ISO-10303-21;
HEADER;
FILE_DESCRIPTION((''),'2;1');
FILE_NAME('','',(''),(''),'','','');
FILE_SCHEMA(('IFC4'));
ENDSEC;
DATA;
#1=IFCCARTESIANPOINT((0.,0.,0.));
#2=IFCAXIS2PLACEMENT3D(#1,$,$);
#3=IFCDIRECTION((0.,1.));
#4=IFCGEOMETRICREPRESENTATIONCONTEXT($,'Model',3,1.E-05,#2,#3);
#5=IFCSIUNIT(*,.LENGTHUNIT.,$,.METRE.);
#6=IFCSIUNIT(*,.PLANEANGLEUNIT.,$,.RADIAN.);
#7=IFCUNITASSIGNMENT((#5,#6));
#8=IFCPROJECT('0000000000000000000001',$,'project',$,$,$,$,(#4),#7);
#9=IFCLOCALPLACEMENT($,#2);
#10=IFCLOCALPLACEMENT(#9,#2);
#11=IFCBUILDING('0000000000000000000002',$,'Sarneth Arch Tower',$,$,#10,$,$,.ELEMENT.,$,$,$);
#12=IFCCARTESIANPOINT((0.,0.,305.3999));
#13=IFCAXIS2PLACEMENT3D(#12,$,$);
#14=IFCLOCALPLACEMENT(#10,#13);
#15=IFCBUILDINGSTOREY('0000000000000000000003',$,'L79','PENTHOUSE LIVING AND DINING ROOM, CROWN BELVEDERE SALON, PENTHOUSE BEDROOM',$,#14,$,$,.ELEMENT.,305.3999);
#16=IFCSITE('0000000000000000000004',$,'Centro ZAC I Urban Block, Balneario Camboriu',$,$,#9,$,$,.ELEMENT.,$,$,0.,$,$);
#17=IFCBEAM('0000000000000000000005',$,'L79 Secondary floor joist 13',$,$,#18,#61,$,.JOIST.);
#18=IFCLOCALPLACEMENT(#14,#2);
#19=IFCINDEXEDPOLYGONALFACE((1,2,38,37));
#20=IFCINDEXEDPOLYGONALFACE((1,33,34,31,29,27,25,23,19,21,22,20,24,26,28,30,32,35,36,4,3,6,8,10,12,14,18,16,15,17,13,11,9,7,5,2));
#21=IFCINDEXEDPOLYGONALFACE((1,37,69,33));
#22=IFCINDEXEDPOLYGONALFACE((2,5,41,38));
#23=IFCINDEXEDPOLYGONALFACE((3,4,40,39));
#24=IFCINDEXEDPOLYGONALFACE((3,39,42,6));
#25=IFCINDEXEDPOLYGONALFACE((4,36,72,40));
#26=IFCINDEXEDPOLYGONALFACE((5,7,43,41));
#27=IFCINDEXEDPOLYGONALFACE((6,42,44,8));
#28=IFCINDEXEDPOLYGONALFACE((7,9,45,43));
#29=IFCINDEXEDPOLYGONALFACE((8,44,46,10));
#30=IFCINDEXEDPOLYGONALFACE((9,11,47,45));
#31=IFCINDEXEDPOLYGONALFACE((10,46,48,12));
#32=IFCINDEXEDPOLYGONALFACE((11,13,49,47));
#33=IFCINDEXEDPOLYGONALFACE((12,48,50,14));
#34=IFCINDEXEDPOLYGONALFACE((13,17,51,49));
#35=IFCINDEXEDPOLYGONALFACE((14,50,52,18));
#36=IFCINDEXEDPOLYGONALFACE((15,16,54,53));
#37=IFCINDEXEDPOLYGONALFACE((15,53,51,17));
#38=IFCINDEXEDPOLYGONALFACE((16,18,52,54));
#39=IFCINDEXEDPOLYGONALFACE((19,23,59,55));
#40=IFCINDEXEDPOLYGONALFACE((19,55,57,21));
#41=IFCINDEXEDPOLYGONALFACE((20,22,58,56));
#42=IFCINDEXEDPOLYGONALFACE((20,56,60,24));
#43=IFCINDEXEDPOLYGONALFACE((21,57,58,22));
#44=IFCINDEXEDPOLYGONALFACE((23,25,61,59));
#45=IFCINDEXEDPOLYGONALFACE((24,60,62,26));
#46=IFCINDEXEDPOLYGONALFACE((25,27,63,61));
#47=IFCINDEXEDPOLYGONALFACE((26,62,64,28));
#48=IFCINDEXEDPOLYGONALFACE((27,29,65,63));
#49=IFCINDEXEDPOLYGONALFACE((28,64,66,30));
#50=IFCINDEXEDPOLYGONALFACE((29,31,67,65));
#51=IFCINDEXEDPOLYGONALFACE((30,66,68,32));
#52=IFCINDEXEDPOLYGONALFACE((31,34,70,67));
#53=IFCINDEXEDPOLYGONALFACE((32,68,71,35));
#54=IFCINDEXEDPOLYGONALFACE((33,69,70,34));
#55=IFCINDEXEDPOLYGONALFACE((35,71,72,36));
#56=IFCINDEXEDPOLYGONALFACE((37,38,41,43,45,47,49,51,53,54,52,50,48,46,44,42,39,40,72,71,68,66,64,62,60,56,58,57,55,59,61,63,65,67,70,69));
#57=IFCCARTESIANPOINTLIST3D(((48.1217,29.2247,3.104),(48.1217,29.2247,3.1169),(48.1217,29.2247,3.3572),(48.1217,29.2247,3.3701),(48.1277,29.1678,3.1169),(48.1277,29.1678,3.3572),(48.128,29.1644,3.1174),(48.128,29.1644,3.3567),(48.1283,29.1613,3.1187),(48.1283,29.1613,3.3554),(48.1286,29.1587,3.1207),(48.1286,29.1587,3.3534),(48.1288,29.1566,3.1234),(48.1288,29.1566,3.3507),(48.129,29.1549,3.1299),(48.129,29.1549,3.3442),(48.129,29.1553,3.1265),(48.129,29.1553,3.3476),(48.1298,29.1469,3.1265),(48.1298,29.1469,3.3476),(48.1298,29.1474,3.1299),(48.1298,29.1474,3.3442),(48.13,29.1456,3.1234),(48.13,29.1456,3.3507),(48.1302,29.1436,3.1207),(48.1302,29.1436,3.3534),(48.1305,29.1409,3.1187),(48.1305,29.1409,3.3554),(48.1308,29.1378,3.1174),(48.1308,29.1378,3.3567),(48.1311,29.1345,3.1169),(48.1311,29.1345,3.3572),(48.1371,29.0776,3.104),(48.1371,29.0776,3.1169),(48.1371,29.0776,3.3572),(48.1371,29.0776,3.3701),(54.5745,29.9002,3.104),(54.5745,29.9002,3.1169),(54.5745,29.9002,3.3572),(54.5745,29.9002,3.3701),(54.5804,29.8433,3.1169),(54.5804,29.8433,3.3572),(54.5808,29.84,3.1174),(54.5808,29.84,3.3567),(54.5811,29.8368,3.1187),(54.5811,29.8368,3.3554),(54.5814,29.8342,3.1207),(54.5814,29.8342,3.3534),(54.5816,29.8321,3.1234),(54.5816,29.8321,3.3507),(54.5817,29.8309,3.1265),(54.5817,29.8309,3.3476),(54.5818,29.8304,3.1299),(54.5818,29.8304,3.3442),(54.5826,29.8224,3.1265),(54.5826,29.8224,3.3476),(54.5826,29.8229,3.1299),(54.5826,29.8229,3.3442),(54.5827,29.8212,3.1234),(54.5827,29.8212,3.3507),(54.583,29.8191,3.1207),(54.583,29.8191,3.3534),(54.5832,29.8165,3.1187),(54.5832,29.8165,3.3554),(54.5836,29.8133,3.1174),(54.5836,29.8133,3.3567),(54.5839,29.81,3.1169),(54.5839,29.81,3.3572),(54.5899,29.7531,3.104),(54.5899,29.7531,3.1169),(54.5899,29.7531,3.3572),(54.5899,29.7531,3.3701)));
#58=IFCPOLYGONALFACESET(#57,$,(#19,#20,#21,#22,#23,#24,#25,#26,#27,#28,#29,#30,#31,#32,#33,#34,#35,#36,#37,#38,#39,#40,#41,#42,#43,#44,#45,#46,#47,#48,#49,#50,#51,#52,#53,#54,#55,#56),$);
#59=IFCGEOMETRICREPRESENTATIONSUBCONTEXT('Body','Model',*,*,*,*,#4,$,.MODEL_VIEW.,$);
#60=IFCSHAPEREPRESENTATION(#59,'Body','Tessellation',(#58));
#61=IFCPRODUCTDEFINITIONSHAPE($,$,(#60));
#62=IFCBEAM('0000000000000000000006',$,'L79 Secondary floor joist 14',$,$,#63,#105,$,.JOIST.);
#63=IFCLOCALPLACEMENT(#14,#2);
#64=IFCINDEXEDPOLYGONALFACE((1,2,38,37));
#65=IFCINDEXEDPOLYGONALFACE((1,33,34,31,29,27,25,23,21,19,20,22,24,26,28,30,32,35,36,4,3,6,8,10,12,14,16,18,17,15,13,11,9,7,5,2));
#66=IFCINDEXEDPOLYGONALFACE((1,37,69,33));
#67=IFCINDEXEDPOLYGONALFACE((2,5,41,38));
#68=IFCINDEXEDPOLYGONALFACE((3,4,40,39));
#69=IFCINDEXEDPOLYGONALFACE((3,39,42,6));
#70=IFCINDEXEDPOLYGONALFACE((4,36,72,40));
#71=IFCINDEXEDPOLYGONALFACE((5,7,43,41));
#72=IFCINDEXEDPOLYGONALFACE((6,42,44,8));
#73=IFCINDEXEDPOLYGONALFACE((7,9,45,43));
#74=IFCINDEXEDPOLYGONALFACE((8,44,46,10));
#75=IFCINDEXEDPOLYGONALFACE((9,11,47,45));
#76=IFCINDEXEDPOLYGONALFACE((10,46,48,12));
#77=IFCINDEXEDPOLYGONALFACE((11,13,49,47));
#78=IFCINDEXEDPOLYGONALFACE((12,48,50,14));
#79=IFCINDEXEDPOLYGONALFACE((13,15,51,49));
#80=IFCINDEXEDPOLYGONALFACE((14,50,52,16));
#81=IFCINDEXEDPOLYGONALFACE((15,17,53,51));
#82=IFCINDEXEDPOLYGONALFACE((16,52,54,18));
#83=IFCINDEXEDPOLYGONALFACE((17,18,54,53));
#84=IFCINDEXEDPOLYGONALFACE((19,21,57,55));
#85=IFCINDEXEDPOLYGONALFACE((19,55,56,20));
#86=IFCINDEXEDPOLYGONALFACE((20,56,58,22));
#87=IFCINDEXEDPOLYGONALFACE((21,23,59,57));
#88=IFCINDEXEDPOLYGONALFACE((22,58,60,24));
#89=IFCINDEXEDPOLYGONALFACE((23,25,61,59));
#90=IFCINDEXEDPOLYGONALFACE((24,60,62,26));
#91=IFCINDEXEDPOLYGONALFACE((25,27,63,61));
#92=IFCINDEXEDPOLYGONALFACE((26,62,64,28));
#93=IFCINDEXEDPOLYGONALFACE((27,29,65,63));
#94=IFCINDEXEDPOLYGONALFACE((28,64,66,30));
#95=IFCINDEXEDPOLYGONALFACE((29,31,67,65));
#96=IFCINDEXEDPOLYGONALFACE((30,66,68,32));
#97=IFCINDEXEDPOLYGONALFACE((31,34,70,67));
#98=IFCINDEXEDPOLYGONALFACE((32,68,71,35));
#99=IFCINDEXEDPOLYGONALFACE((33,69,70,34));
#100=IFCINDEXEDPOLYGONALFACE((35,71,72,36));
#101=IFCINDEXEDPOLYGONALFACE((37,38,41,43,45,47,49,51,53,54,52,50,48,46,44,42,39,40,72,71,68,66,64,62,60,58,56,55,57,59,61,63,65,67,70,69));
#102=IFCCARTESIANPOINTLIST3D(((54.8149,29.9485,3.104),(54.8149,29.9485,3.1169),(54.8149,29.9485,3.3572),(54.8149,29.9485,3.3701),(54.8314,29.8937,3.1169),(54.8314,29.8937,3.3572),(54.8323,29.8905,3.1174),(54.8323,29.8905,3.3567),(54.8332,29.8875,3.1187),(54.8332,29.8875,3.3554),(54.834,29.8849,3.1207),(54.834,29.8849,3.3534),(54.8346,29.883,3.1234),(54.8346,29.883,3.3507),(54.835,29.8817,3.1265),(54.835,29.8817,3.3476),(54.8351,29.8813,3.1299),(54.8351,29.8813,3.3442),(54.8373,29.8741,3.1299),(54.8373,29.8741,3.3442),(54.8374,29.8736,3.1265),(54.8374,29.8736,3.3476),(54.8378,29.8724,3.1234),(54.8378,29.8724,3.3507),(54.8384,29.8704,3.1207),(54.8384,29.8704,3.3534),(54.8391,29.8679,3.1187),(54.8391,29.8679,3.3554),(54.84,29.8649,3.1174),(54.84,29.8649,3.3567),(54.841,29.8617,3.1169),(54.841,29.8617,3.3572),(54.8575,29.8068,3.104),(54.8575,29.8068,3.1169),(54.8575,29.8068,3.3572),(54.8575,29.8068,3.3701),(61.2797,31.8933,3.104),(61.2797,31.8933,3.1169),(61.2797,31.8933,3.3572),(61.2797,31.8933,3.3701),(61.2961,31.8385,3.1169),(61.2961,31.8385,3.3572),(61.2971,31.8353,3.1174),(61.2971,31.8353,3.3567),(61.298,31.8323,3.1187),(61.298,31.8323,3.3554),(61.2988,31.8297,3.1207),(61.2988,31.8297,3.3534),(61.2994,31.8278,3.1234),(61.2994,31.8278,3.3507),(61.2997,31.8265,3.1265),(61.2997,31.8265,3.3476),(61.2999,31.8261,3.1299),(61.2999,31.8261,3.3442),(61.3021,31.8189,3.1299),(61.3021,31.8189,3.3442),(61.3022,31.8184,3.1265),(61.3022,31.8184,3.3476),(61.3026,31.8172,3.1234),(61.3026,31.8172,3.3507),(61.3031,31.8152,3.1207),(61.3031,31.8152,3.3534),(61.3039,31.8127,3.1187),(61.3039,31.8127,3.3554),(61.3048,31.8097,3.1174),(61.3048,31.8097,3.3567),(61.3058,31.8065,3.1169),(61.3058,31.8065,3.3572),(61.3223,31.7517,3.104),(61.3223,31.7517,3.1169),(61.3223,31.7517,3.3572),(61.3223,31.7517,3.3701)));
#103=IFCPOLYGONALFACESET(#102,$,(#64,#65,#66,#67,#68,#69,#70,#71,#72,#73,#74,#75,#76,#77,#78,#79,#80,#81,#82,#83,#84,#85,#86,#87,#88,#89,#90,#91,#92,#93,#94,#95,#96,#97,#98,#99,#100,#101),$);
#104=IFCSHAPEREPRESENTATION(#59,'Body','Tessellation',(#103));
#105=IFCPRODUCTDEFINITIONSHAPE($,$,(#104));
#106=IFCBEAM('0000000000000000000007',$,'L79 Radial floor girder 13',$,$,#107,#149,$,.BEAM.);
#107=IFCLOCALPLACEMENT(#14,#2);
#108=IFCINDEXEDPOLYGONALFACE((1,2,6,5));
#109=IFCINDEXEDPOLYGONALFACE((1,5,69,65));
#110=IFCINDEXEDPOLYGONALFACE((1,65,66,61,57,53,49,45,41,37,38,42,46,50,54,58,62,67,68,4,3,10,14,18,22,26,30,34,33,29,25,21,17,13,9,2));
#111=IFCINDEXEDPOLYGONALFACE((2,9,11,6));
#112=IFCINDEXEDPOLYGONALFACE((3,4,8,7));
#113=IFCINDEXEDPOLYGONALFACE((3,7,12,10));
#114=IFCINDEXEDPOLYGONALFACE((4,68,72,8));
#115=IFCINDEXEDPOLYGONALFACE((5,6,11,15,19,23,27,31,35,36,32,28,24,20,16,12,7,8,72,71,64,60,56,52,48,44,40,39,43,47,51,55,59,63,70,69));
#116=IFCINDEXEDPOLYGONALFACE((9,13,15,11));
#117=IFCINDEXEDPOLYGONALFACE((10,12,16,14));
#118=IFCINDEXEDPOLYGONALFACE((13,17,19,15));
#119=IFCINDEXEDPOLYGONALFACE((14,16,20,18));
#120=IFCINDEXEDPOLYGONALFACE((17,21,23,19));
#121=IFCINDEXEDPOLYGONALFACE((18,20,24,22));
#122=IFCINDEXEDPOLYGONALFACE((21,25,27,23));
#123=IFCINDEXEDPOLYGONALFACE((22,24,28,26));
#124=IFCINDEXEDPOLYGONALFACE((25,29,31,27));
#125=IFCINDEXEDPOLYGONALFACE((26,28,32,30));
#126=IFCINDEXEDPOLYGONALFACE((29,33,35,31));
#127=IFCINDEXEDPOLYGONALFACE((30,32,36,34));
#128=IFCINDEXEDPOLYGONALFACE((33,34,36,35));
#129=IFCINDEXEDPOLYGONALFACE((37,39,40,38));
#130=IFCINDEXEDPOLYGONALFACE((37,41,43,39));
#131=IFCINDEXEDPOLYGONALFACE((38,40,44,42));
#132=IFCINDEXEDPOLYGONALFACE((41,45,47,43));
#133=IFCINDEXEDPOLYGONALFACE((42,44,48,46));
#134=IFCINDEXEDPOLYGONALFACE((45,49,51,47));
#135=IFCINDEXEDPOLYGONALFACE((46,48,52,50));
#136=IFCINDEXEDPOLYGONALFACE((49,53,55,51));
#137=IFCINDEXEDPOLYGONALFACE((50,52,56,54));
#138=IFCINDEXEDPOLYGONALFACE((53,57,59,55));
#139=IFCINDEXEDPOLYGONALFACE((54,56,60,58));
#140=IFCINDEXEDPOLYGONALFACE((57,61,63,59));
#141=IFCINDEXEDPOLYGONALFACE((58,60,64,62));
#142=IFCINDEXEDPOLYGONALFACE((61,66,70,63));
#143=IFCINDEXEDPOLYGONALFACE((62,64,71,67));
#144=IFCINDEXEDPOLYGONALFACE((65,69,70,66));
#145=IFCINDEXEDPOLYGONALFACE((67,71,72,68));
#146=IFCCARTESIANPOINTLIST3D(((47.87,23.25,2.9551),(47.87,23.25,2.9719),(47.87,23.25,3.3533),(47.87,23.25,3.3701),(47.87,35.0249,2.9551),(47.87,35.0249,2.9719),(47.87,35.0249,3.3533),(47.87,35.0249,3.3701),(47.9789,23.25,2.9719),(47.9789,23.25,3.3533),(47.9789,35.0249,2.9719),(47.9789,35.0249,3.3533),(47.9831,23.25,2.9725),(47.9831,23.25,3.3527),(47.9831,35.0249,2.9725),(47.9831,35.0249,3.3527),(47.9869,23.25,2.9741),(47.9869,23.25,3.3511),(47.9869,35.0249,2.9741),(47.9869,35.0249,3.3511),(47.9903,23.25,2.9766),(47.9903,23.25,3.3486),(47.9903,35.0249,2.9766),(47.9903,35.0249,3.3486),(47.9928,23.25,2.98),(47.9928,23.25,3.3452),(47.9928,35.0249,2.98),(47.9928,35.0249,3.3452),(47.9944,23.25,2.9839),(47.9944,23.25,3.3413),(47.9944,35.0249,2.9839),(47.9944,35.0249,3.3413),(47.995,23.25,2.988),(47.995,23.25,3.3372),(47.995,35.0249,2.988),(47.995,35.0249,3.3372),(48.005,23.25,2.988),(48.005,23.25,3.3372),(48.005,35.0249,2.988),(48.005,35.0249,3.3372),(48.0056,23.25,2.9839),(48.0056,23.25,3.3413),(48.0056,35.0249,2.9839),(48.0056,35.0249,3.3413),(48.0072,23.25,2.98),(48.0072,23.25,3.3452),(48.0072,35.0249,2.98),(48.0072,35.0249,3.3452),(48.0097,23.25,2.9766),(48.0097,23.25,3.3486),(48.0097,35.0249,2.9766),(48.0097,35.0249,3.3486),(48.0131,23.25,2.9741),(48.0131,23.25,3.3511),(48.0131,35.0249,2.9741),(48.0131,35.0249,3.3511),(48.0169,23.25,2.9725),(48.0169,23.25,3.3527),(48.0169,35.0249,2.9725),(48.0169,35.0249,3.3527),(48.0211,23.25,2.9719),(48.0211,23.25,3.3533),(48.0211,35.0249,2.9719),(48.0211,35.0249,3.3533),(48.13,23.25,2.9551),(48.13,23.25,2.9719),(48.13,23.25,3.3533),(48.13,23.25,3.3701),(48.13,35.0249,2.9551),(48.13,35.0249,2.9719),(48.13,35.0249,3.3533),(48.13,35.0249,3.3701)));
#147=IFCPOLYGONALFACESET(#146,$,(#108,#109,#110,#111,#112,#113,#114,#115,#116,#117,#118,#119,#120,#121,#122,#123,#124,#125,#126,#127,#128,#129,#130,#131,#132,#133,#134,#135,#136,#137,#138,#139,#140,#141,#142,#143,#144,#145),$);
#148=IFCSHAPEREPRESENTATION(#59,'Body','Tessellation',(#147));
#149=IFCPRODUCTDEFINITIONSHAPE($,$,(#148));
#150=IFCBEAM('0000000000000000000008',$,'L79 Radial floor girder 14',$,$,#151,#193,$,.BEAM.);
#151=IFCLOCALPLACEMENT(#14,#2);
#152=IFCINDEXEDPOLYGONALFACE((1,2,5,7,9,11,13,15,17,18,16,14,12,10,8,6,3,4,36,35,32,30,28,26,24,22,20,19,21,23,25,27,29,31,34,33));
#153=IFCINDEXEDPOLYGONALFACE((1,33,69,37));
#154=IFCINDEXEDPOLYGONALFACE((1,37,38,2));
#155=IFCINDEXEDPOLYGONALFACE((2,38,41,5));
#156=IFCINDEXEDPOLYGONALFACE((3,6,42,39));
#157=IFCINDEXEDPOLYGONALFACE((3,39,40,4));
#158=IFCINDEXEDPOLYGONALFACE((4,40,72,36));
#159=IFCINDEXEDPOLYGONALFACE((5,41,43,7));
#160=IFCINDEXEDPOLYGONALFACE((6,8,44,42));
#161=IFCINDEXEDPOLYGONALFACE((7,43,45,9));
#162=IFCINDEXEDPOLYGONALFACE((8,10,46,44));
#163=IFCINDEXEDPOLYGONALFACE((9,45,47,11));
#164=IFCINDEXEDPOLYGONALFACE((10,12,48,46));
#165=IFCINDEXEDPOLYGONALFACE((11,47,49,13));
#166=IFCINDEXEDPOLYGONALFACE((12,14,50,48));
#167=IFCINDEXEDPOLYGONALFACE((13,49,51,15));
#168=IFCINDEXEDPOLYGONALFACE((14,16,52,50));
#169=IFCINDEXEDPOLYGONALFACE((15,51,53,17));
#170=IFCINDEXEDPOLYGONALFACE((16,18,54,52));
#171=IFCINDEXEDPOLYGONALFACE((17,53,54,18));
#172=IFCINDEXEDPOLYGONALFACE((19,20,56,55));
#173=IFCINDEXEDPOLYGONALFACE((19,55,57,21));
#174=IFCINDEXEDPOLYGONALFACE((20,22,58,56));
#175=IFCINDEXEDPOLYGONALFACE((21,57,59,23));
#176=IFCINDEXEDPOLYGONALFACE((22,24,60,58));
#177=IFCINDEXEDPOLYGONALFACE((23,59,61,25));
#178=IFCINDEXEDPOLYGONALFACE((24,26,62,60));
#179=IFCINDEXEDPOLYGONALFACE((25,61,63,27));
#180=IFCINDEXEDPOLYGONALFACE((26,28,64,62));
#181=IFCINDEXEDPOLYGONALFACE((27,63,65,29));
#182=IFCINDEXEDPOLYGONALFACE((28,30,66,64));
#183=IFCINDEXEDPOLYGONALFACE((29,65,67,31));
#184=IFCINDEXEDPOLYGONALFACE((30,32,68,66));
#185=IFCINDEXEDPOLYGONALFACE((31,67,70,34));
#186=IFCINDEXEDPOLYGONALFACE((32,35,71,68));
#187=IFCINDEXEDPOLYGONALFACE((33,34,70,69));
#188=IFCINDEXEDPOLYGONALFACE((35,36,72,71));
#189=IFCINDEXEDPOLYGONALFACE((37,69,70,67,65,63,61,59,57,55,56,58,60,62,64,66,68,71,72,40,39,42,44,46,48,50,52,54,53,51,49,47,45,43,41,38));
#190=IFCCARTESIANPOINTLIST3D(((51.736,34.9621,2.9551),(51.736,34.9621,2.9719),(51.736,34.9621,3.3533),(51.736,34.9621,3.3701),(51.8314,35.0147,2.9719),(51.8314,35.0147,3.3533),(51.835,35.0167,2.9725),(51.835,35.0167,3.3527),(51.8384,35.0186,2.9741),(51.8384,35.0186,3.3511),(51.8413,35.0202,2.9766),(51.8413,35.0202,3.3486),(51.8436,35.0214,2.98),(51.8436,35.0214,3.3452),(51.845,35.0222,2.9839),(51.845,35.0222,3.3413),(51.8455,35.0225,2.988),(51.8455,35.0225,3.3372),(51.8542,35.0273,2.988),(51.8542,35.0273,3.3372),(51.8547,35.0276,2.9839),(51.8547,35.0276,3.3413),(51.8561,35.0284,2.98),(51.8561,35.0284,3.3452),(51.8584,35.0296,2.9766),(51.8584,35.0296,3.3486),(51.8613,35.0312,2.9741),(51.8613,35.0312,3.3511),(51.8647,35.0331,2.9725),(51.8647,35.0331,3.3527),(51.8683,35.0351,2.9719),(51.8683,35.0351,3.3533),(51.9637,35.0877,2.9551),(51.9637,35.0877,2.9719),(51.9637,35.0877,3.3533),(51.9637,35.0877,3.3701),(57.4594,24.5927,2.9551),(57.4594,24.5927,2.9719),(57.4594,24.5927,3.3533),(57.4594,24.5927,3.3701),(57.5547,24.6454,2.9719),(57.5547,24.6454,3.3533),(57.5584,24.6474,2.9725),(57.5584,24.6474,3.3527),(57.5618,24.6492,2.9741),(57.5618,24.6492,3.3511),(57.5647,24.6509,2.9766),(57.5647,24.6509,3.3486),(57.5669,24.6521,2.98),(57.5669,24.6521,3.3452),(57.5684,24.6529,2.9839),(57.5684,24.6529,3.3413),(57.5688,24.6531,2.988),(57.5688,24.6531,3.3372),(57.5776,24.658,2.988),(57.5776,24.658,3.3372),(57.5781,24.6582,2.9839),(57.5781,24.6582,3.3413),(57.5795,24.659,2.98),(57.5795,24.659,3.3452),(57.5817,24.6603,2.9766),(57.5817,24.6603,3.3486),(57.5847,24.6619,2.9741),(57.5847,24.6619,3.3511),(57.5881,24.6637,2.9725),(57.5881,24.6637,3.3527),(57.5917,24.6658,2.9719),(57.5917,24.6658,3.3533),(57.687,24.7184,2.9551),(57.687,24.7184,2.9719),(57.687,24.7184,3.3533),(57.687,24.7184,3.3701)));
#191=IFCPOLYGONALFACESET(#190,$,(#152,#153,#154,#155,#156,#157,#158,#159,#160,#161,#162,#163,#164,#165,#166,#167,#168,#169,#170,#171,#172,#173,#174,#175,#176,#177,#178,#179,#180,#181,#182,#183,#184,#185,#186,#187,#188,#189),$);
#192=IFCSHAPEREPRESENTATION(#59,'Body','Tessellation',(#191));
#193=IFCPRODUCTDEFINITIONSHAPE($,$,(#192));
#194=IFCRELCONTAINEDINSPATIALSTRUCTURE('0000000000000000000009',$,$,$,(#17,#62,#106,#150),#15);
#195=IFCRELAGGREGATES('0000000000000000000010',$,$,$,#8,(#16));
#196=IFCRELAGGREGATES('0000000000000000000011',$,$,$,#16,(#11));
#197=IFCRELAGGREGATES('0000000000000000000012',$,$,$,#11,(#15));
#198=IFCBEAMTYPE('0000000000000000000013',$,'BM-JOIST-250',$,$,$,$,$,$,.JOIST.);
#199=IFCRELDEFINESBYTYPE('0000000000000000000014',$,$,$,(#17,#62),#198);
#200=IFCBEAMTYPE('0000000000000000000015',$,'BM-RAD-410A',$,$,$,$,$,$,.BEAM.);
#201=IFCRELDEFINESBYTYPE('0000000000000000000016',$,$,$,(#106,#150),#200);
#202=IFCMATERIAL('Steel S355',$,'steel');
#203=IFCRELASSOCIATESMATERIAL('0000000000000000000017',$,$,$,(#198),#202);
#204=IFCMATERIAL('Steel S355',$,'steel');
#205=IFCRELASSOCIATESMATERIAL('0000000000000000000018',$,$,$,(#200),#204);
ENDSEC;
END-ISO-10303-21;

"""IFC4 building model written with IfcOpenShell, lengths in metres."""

from ifc_helpers import new_model, si_unit, direction, frame, origin, origin_2d, place, context, subcontext, project, spatial, i_section, extrude, material, material_profile, profile_set, type_object, element, save


model = new_model("IFC4")

# Units and contexts
model_context = context("Model", 3, precision=1e-05, world=origin(), true_north=direction((0.0, 1.0)))
body_context = subcontext(model_context, "Body", "Model", "MODEL_VIEW")
ifc_project = project(units=[si_unit("LENGTHUNIT", "METRE"), si_unit("PLANEANGLEUNIT", "RADIAN")], contexts=[model_context])

# Site, building, storey
site_placement = place(None, origin())
site = spatial("IfcSite", under=ifc_project, at=site_placement, Name="Centro ZAC I Urban Block, Balneario Camboriu", CompositionType="ELEMENT", RefElevation=0.0)
building_placement = place(site_placement, origin())
building = spatial("IfcBuilding", under=site, at=building_placement, Name="Sarneth Arch Tower", CompositionType="ELEMENT")
storey_placement = place(building_placement, frame((0.0, 0.0, 305.3999)))
storey = spatial("IfcBuildingStorey", under=building, at=storey_placement, Name="L79", Description="PENTHOUSE LIVING AND DINING ROOM, CROWN BELVEDERE SALON, PENTHOUSE BEDROOM", CompositionType="ELEMENT", Elevation=305.3999)

# Beams
ifc_material_1 = material(Name="Steel S355", Category="steel")
ifc_material_profile_1 = material_profile(ifc_material_1, i_section(OverallWidth=0.1479, OverallDepth=0.2661, WebThickness=0.0076, FlangeThickness=0.0129, FilletRadius=0.0129, at=origin_2d()), Name="W250x44.8")
ifc_profile_set_1 = profile_set([ifc_material_profile_1], Name="Steel S355")
beam_type_1 = type_object("IfcBeamType", Name="BM-JOIST-250", PredefinedType="JOIST", material=ifc_profile_set_1)
beam_1_placement = place(storey_placement, frame((48.1294, 29.1511, 3.2371), z_axis=(0.994565, 0.104119, 0.0), x_axis=(-0.104119, 0.994565, 0.0)))
element("IfcBeam", 1, at=beam_1_placement, inside=storey, type_object=beam_type_1, Name="L79 Secondary floor joist 13", PredefinedType="JOIST", context=body_context, shape_type="SweptSolid", body=[
    extrude(i_section(OverallWidth=0.1479, OverallDepth=0.2661, WebThickness=0.0076, FlangeThickness=0.0129, FilletRadius=0.0129, at=origin_2d()), origin(), (0.0, 0.0, 1.0), 6.488),
])
beam_2_placement = place(storey_placement, frame((54.8362, 29.8777, 3.2371), z_axis=(0.957607, 0.288078, 0.0), x_axis=(-0.288078, 0.957607, 0.0)))
element("IfcBeam", 2, at=beam_2_placement, inside=storey, type_object=beam_type_1, Name="L79 Secondary floor joist 14", PredefinedType="JOIST", context=body_context, shape_type="SweptSolid", body=[
    extrude(i_section(OverallWidth=0.1479, OverallDepth=0.2661, WebThickness=0.0076, FlangeThickness=0.0129, FilletRadius=0.0129, at=origin_2d()), origin(), (0.0, 0.0, 1.0), 6.751),
])
ifc_material_2 = material(Name="Steel S355", Category="steel")
ifc_material_profile_2 = material_profile(ifc_material_2, i_section(OverallWidth=0.26, OverallDepth=0.415, WebThickness=0.01, FlangeThickness=0.0168, FilletRadius=0.0161, at=origin_2d()), Name="W410x100")
ifc_profile_set_2 = profile_set([ifc_material_profile_2], Name="Steel S355")
beam_type_2 = type_object("IfcBeamType", Name="BM-RAD-410A", PredefinedType="BEAM", material=ifc_profile_set_2)
beam_3_placement = place(storey_placement, frame((48.0, 35.0249, 3.1626), z_axis=(0.0, -1.0, 0.0), x_axis=(1.0, 0.0, 0.0)))
element("IfcBeam", 3, at=beam_3_placement, inside=storey, type_object=beam_type_2, Name="L79 Radial floor girder 13", PredefinedType="BEAM", context=body_context, shape_type="SweptSolid", body=[
    extrude(i_section(OverallWidth=0.26, OverallDepth=0.415, WebThickness=0.01, FlangeThickness=0.0168, FilletRadius=0.0161, at=origin_2d()), origin(), (0.0, 0.0, 1.0), 11.7749),
])
beam_4_placement = place(storey_placement, frame((51.8499, 35.0249, 3.1626), z_axis=(0.483229, -0.875494, 0.0), x_axis=(0.875494, 0.483229, 0.0)))
element("IfcBeam", 4, at=beam_4_placement, inside=storey, type_object=beam_type_2, Name="L79 Radial floor girder 14", PredefinedType="BEAM", context=body_context, shape_type="SweptSolid", body=[
    extrude(i_section(OverallWidth=0.26, OverallDepth=0.415, WebThickness=0.01, FlangeThickness=0.0168, FilletRadius=0.0161, at=origin_2d()), origin(), (0.0, 0.0, 1.0), 11.844),
])

save(model, "model.ifc")
